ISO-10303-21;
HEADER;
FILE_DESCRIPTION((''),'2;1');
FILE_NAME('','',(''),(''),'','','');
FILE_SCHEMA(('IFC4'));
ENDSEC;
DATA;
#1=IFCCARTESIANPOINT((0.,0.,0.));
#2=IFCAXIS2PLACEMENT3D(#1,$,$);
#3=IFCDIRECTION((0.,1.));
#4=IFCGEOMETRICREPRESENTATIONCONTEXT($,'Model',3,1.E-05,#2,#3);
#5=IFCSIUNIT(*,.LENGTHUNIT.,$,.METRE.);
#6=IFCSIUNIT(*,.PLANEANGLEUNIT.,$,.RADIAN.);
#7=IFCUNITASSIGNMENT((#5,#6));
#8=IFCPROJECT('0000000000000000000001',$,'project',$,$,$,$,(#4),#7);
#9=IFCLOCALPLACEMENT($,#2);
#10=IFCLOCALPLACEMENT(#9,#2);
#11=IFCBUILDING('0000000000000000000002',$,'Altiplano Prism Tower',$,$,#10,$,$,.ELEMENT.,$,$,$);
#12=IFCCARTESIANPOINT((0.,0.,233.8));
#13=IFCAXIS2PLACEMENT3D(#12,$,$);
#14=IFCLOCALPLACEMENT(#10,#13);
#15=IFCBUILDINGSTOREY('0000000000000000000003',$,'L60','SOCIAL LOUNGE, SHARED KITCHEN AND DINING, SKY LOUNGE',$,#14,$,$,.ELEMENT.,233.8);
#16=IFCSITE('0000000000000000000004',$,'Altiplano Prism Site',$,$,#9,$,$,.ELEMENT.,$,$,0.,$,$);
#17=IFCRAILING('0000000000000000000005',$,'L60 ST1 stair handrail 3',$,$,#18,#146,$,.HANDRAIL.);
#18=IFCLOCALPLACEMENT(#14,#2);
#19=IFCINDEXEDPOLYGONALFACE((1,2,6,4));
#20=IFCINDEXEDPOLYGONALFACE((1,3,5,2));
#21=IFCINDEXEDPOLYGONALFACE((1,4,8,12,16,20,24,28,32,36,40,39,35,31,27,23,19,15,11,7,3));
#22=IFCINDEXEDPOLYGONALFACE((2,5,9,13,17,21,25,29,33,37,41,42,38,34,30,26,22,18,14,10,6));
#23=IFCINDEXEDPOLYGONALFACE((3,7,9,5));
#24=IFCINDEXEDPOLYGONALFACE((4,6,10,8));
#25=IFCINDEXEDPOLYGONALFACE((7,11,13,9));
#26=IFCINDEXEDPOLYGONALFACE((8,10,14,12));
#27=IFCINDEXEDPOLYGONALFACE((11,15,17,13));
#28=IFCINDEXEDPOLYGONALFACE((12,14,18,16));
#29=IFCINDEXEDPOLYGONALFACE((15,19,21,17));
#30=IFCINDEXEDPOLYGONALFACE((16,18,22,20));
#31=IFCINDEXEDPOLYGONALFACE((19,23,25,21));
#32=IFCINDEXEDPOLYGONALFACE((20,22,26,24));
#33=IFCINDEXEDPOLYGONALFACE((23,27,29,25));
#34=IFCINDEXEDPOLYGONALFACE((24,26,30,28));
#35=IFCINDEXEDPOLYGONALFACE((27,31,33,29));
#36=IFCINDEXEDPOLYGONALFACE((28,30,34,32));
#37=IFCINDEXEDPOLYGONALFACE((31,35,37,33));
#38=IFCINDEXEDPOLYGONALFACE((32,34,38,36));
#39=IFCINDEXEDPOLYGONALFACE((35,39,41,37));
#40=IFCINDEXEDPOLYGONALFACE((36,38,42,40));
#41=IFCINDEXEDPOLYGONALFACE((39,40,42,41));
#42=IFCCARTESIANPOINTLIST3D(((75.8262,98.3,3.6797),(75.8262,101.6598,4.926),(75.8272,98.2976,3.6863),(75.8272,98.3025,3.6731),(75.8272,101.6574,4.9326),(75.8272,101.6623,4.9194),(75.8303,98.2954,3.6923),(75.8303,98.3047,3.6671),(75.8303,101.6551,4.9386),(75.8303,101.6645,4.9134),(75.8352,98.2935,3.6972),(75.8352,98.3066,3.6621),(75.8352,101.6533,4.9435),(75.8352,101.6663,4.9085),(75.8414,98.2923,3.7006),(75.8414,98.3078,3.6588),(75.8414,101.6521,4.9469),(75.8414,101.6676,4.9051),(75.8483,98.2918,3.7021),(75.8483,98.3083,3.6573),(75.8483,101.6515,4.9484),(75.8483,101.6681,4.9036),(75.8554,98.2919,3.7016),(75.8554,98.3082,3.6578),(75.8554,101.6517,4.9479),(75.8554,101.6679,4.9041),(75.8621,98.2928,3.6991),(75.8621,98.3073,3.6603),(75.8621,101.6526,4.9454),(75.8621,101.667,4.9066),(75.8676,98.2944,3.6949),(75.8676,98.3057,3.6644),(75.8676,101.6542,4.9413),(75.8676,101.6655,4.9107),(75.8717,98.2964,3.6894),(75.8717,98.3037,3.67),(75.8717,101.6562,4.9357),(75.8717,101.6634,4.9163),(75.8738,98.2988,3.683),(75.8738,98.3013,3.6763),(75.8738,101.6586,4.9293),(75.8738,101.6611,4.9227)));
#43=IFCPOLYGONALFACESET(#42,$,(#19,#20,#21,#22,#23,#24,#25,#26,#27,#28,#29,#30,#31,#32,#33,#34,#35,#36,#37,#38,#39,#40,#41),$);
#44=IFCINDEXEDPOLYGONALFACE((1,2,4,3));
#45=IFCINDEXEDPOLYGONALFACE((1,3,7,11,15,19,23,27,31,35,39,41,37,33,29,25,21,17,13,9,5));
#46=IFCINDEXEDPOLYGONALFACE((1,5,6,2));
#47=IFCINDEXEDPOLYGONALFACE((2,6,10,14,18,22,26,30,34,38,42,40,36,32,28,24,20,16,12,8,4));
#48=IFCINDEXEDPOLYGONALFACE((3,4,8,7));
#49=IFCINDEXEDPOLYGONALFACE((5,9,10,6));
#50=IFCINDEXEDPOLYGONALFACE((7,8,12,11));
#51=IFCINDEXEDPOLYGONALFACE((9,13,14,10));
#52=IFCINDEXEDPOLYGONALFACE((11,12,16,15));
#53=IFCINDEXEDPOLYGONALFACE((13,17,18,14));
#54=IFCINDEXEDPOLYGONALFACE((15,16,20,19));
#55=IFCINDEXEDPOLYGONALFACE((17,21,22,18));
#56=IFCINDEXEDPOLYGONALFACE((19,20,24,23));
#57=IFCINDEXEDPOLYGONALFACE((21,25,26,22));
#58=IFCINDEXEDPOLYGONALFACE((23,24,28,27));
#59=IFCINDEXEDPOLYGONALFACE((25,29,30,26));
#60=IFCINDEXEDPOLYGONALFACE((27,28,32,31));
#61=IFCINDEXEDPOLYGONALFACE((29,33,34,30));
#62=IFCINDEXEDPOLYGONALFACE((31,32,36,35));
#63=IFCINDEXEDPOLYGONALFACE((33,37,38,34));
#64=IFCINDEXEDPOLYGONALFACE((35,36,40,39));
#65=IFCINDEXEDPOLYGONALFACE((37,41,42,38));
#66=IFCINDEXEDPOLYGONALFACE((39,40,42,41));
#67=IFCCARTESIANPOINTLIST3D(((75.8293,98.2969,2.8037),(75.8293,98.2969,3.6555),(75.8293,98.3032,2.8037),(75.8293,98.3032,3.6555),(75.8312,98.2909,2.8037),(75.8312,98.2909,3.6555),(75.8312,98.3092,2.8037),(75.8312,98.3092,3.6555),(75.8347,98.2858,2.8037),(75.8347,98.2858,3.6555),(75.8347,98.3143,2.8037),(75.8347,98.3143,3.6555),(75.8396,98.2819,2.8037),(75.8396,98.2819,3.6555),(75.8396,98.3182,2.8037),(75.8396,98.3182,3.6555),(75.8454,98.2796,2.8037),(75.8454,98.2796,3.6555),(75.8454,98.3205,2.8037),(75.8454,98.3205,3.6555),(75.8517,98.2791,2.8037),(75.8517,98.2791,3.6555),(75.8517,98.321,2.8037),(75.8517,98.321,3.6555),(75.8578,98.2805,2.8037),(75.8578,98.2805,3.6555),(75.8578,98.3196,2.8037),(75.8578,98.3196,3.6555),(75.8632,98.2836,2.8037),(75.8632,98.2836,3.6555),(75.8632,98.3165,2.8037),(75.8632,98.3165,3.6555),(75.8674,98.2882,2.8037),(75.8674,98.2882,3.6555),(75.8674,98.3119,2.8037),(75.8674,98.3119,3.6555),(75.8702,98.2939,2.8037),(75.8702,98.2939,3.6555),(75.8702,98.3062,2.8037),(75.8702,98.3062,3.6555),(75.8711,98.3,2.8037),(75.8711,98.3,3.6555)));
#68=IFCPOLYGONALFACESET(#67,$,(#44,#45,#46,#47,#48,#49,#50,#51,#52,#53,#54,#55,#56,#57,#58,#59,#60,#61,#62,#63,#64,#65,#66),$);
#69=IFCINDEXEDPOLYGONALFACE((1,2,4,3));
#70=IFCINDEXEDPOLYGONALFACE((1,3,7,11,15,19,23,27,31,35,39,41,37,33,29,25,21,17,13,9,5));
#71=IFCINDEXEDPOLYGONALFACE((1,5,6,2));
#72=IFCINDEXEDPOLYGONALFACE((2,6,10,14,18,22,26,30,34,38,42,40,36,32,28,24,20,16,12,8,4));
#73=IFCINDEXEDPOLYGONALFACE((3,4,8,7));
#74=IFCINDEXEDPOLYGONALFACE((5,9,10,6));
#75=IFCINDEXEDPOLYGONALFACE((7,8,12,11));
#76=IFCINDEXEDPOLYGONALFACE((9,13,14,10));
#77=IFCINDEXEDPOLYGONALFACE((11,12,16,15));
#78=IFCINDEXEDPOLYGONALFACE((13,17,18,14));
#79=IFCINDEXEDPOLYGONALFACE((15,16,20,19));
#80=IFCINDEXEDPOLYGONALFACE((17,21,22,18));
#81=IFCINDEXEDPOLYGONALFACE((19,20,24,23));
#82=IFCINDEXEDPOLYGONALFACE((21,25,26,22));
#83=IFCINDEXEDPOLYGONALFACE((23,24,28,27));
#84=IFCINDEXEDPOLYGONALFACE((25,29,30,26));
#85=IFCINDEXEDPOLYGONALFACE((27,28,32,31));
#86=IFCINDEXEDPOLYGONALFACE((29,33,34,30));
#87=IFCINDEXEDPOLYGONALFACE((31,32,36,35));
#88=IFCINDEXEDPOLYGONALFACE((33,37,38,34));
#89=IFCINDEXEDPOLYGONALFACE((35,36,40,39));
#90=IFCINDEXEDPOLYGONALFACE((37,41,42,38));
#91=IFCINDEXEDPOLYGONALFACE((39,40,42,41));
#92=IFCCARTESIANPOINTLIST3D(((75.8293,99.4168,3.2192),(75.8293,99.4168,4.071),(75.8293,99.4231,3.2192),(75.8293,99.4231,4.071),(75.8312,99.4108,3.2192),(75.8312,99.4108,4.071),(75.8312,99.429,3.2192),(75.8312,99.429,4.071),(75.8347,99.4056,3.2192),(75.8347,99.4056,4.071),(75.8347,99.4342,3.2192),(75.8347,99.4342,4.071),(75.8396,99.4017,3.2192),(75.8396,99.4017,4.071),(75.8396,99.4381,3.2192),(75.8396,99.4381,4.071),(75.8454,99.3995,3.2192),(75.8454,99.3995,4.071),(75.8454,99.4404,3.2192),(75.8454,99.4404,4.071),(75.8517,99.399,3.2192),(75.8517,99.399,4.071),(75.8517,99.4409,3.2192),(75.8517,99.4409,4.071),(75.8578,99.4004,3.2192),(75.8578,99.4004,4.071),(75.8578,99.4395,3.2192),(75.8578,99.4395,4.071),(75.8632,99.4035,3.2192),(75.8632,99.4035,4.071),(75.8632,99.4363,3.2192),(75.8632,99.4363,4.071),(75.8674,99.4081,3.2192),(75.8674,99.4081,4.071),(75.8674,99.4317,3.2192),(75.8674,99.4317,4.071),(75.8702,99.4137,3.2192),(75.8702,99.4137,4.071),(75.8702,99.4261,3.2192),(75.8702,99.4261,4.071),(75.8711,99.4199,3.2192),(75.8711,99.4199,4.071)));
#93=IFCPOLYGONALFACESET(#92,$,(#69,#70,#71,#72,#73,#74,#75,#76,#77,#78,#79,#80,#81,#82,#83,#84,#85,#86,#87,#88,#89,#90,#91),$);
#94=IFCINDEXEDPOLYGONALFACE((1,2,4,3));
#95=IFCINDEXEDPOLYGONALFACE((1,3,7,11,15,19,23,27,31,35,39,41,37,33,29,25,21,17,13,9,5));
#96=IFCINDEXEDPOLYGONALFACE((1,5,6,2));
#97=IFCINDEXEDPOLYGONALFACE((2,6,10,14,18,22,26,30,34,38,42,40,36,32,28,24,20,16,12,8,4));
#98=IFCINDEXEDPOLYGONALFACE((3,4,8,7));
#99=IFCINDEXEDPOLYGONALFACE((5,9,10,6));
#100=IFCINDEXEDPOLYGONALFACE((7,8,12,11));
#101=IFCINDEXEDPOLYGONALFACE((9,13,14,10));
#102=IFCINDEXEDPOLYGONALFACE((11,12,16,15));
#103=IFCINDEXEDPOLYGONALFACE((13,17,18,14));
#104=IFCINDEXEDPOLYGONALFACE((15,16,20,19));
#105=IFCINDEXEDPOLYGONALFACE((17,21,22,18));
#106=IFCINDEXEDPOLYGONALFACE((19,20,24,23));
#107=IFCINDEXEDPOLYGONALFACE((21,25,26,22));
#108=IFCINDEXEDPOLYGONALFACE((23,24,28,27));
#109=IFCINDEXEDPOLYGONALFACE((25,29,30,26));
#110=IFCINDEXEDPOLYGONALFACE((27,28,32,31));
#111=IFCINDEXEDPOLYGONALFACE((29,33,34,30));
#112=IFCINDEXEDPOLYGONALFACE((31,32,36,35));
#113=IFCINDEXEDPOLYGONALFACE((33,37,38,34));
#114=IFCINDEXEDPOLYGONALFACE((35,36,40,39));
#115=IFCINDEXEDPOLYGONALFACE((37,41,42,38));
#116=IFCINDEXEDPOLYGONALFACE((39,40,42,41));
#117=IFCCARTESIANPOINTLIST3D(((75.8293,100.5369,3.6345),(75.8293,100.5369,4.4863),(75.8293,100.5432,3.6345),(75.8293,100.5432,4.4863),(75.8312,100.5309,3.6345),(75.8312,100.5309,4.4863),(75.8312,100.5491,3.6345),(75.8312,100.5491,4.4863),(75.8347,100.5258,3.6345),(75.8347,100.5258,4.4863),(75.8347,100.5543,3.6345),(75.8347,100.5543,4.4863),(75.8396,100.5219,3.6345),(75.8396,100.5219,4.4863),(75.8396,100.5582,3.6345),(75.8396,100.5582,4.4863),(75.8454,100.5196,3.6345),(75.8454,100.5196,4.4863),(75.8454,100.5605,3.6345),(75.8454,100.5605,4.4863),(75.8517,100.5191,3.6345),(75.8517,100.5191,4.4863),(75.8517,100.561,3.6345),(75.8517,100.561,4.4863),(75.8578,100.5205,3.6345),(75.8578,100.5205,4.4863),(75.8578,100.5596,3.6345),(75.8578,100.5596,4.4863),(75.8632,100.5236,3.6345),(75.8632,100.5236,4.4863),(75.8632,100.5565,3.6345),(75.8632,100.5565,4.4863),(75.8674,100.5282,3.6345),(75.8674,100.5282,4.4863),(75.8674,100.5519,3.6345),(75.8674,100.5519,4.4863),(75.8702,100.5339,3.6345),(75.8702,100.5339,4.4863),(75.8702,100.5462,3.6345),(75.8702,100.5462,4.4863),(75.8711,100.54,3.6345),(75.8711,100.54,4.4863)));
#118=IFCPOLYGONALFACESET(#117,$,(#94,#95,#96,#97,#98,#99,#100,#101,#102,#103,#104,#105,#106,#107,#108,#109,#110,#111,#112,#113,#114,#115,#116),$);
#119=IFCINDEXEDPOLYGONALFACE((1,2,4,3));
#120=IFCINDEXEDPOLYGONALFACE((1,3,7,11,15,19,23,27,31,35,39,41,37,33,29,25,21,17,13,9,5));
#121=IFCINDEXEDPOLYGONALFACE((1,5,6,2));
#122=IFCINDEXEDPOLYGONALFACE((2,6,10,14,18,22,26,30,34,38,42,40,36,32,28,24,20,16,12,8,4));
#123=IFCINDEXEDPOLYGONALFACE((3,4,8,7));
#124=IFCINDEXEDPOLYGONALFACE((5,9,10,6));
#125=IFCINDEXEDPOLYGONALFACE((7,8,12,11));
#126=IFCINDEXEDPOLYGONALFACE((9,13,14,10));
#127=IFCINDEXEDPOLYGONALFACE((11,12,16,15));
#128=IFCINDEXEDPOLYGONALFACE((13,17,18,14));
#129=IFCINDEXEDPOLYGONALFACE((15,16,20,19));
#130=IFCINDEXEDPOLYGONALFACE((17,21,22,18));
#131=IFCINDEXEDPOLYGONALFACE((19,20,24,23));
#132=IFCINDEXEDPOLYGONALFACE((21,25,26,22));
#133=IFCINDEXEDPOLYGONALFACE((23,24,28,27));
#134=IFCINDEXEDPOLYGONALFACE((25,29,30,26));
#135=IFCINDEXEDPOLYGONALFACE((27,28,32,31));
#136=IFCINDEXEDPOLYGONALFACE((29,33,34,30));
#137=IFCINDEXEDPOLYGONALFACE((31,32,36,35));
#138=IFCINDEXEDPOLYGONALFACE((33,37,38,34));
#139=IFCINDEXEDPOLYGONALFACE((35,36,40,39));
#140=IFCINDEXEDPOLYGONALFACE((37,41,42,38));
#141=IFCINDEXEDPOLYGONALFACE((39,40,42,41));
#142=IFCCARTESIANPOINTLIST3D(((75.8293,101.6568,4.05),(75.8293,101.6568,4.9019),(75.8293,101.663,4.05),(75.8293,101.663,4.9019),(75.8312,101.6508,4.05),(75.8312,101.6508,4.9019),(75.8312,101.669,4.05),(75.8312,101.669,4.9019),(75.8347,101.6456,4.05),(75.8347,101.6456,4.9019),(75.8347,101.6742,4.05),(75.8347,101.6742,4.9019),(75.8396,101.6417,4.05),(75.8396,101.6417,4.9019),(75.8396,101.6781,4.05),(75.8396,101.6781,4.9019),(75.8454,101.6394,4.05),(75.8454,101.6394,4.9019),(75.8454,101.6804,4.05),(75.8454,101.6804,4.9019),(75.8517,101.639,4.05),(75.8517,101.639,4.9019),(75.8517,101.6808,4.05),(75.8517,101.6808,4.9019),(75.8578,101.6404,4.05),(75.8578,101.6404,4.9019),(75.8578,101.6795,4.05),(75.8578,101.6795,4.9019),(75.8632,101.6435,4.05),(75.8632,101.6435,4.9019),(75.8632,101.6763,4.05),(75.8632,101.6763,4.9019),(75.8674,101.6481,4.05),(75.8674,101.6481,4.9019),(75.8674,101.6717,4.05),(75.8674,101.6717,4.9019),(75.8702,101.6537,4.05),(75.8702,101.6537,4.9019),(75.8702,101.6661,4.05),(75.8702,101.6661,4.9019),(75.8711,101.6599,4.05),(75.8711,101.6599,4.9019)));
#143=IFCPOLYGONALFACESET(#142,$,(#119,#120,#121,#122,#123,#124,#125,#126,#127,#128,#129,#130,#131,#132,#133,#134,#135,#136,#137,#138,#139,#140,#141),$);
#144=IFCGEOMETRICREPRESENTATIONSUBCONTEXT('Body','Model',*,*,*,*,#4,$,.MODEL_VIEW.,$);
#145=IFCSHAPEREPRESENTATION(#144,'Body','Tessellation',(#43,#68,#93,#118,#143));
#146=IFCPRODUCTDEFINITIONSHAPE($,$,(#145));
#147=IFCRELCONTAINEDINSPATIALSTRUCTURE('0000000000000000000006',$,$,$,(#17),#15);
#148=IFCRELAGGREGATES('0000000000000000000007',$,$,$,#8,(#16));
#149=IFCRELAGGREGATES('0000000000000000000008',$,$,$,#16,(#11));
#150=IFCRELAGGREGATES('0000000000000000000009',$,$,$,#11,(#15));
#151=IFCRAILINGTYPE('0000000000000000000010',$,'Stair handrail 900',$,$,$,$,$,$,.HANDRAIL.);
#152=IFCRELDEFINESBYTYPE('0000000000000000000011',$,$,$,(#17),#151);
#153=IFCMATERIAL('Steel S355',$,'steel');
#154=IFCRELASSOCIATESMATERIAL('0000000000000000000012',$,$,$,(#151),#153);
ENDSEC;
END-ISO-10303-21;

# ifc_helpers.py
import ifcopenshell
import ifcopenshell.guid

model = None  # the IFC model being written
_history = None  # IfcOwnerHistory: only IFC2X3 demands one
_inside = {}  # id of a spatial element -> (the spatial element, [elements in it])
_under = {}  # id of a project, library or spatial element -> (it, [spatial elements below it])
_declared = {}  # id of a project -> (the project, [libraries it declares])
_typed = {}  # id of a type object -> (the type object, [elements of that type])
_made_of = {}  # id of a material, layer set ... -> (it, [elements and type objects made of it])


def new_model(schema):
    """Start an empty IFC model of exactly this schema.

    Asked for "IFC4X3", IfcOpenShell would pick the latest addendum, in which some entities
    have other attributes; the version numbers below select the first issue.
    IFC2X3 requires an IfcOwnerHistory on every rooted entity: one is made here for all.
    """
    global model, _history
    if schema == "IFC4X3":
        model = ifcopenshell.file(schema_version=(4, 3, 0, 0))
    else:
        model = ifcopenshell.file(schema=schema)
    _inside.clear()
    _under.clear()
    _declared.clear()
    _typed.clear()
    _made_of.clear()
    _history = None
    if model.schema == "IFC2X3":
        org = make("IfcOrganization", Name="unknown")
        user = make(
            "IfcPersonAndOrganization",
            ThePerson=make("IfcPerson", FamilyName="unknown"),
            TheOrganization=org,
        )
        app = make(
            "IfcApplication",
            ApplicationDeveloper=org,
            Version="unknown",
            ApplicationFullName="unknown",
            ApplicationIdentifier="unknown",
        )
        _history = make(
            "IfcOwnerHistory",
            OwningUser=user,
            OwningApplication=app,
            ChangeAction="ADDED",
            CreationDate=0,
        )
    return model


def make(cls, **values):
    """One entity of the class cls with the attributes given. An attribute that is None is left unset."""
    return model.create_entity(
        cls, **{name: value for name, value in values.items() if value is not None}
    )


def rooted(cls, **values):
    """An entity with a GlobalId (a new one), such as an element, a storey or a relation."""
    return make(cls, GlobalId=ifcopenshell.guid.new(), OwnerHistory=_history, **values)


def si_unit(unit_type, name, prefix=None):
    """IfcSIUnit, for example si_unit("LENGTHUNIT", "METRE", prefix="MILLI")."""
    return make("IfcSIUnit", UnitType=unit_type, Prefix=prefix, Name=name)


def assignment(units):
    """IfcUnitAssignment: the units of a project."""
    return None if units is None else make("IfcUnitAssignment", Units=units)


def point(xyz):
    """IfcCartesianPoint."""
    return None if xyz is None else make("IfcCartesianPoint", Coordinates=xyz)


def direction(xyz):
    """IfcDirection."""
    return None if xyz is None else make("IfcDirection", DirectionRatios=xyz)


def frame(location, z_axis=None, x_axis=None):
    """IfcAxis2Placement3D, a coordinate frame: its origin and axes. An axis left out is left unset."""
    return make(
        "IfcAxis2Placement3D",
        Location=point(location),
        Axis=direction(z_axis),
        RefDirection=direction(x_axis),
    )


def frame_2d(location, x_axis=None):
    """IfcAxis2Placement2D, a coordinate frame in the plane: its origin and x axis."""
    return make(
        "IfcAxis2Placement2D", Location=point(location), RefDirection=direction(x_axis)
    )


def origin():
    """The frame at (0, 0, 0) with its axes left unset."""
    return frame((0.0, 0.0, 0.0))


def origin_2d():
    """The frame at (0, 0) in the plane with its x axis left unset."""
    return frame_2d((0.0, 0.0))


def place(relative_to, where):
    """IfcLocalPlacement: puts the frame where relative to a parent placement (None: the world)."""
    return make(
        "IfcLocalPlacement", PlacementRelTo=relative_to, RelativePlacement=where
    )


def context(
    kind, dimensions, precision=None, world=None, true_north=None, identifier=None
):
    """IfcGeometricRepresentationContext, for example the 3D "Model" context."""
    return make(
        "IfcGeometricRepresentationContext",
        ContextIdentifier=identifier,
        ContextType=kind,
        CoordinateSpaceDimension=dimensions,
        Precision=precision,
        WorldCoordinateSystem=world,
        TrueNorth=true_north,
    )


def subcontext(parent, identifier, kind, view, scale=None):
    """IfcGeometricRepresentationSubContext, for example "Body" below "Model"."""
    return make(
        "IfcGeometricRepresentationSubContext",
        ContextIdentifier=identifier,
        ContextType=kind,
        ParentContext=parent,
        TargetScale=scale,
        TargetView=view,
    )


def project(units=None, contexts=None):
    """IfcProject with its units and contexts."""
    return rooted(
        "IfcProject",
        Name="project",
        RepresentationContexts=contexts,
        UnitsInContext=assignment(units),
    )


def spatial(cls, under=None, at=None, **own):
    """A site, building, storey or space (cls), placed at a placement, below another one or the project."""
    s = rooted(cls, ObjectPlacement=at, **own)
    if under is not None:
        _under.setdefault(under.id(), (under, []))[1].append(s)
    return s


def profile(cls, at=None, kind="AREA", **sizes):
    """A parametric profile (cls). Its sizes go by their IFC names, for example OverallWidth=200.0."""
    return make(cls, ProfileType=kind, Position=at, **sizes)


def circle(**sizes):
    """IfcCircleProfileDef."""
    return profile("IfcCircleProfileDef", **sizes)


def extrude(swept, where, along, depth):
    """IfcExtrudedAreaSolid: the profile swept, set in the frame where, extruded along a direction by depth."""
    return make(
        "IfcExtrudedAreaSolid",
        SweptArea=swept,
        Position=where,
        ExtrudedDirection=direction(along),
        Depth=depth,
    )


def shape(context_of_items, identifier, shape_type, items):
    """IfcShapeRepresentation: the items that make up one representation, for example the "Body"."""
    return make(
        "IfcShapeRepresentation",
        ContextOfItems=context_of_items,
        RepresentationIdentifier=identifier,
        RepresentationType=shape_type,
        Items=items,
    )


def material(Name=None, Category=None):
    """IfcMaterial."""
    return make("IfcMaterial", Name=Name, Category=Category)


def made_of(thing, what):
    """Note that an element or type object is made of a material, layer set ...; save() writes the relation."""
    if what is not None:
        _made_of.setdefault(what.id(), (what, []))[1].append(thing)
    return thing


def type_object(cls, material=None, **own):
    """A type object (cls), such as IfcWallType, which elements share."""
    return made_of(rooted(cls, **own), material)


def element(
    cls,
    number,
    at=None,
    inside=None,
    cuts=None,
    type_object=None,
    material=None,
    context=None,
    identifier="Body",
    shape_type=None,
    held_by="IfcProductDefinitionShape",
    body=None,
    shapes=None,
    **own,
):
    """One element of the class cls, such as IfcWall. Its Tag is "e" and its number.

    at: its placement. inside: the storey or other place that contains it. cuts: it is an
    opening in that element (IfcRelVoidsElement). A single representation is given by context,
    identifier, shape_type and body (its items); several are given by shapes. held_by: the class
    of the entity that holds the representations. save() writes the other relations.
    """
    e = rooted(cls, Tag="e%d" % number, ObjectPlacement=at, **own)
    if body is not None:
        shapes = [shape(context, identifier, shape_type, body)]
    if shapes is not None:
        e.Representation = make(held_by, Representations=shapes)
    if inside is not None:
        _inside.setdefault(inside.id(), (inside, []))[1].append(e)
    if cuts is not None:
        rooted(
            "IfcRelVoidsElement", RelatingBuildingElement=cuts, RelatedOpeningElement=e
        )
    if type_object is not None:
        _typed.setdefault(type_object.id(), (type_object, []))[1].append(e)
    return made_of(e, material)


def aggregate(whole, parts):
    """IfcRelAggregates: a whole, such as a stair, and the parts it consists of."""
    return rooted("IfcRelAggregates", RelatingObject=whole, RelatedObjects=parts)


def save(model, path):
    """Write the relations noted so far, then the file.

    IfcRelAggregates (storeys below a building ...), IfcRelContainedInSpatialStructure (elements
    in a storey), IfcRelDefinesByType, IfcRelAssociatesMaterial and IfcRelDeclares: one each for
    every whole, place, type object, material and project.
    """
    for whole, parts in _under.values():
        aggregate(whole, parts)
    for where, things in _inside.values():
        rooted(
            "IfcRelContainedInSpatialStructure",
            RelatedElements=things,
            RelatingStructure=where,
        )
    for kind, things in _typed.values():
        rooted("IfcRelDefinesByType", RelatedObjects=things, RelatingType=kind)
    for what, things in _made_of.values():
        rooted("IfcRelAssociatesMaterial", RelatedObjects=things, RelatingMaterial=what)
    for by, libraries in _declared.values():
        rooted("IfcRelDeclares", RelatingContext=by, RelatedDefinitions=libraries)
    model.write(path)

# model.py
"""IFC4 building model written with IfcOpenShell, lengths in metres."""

from ifc_helpers import new_model, si_unit, direction, frame, origin, origin_2d, place, context, subcontext, project, spatial, circle, extrude, material, type_object, element, save


model = new_model("IFC4")

# Units and contexts
model_context = context("Model", 3, precision=1e-05, world=origin(), true_north=direction((0.0, 1.0)))
body_context = subcontext(model_context, "Body", "Model", "MODEL_VIEW")
ifc_project = project(units=[si_unit("LENGTHUNIT", "METRE"), si_unit("PLANEANGLEUNIT", "RADIAN")], contexts=[model_context])

# Site, building, storey
site_placement = place(None, origin())
site = spatial("IfcSite", under=ifc_project, at=site_placement, Name="Altiplano Prism Site", CompositionType="ELEMENT", RefElevation=0.0)
building_placement = place(site_placement, origin())
building = spatial("IfcBuilding", under=site, at=building_placement, Name="Altiplano Prism Tower", CompositionType="ELEMENT")
storey_placement = place(building_placement, frame((0.0, 0.0, 233.8)))
storey = spatial("IfcBuildingStorey", under=building, at=storey_placement, Name="L60", Description="SOCIAL LOUNGE, SHARED KITCHEN AND DINING, SKY LOUNGE", CompositionType="ELEMENT", Elevation=233.8)

# Railing
ifc_material_1 = material(Name="Steel S355", Category="steel")
railing_type_1 = type_object("IfcRailingType", Name="Stair handrail 900", PredefinedType="HANDRAIL", material=ifc_material_1)
railing_1_placement = place(storey_placement, frame((75.8501, 98.3, 2.8037)))
element("IfcRailing", 1, at=railing_1_placement, inside=storey, type_object=railing_type_1, Name="L60 ST1 stair handrail 3", PredefinedType="HANDRAIL", context=body_context, shape_type="SweptSolid", body=[
    extrude(circle(Radius=0.0239, at=origin_2d()), frame((0.0, 0.0, 0.876), z_axis=(0.0, 0.937572, 0.347791), x_axis=(-1.0, 0.0, 0.0)), (0.0, 0.0, 1.0), 3.5835),
    extrude(circle(Radius=0.021, at=origin_2d()), origin(), (0.0, 0.0, 1.0), 0.8518),
    extrude(circle(Radius=0.021, at=origin_2d()), frame((0.0, 1.1199, 0.4155)), (0.0, 0.0, 1.0), 0.8518),
    extrude(circle(Radius=0.021, at=origin_2d()), frame((0.0, 2.24, 0.8308)), (0.0, 0.0, 1.0), 0.8518),
    extrude(circle(Radius=0.021, at=origin_2d()), frame((0.0, 3.3599, 1.2463)), (0.0, 0.0, 1.0), 0.8518),
])

save(model, "model.ifc")
